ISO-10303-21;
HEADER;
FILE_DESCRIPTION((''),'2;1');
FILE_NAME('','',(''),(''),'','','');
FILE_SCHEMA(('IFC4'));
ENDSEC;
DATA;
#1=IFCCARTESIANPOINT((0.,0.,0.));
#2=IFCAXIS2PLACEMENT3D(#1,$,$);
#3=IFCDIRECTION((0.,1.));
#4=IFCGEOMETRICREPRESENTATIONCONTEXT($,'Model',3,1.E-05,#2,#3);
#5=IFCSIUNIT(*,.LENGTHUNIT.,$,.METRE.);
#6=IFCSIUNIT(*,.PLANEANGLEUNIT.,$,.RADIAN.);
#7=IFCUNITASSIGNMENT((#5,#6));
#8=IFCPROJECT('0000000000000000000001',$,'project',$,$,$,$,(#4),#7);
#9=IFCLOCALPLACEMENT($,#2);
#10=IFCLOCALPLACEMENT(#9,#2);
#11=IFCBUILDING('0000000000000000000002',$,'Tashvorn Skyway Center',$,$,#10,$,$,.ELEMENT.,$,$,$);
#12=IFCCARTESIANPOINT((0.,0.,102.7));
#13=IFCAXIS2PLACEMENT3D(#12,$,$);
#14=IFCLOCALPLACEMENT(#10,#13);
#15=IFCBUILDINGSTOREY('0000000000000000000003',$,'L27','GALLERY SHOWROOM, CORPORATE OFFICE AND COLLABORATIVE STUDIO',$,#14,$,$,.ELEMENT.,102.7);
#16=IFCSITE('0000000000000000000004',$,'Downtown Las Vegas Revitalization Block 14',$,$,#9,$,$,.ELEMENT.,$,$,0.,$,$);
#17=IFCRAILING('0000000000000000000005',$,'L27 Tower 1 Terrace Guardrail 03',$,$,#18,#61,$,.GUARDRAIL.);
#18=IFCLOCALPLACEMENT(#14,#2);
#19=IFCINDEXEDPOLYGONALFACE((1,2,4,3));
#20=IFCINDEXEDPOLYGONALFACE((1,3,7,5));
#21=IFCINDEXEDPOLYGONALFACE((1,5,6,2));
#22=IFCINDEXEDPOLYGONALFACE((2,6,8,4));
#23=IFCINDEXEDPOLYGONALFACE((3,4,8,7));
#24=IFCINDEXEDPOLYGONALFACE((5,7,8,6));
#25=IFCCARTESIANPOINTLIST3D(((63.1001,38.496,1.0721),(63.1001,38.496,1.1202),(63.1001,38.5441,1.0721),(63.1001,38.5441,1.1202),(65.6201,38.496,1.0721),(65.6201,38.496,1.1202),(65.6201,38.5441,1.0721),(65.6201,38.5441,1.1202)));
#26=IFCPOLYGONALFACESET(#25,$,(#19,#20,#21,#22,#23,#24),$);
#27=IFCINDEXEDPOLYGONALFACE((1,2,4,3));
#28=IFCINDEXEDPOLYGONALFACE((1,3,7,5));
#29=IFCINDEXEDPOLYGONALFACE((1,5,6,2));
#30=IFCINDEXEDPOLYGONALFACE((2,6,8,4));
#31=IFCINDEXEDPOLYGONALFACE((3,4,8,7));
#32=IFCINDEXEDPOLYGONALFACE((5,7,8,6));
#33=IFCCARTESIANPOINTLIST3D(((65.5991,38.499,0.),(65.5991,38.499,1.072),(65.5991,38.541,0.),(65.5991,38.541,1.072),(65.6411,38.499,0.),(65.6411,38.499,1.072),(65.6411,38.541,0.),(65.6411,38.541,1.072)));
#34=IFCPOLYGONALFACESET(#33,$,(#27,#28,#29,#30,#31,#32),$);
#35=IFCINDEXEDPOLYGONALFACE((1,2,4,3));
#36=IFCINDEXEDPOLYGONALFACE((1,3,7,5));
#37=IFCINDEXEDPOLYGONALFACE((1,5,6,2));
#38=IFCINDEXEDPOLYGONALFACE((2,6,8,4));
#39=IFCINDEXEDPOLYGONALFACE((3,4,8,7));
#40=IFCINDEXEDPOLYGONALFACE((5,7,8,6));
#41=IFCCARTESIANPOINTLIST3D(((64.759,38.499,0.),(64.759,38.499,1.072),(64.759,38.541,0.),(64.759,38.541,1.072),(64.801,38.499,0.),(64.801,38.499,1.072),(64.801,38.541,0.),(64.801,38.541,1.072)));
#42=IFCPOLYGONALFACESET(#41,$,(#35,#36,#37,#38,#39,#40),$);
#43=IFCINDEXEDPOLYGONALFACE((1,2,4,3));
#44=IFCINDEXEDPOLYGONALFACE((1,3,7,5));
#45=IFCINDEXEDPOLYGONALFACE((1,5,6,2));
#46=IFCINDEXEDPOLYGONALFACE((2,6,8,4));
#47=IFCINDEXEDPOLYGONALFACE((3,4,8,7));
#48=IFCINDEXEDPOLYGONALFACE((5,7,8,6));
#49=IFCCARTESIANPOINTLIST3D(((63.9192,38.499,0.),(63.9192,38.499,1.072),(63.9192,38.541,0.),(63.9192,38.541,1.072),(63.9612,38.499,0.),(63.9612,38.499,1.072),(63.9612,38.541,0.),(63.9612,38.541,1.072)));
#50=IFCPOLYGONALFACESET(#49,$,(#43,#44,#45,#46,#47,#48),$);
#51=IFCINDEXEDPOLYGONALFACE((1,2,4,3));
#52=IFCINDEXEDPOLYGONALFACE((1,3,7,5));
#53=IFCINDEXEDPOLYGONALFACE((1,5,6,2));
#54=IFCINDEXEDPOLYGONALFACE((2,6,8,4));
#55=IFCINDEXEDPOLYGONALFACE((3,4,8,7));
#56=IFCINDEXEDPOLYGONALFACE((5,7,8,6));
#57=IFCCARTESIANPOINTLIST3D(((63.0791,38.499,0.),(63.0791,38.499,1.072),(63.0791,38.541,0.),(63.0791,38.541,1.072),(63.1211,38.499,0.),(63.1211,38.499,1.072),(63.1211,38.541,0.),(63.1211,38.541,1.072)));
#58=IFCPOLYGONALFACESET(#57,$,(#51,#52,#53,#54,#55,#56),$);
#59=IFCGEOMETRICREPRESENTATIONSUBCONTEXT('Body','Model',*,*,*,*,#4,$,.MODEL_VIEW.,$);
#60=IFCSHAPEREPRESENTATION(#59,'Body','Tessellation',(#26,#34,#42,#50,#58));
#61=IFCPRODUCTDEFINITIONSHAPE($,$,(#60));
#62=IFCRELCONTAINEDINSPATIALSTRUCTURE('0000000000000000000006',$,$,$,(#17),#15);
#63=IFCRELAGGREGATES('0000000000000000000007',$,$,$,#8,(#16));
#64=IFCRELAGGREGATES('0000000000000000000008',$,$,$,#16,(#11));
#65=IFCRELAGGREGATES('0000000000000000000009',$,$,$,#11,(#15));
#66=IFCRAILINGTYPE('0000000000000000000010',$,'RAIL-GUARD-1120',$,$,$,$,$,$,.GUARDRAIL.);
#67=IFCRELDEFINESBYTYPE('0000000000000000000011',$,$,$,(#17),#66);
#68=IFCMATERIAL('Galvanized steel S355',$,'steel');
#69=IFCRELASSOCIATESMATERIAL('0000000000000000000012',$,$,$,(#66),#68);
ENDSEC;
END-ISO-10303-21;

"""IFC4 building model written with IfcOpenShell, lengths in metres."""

from ifc_helpers import new_model, si_unit, direction, frame, origin, origin_2d, place, context, subcontext, project, spatial, rectangle, extrude, material, type_object, element, save


model = new_model("IFC4")

# Units and contexts
model_context = context("Model", 3, precision=1e-05, world=origin(), true_north=direction((0.0, 1.0)))
body_context = subcontext(model_context, "Body", "Model", "MODEL_VIEW")
ifc_project = project(units=[si_unit("LENGTHUNIT", "METRE"), si_unit("PLANEANGLEUNIT", "RADIAN")], contexts=[model_context])

# Site, building, storey
site_placement = place(None, origin())
site = spatial("IfcSite", under=ifc_project, at=site_placement, Name="Downtown Las Vegas Revitalization Block 14", CompositionType="ELEMENT", RefElevation=0.0)
building_placement = place(site_placement, origin())
building = spatial("IfcBuilding", under=site, at=building_placement, Name="Tashvorn Skyway Center", CompositionType="ELEMENT")
storey_placement = place(building_placement, frame((0.0, 0.0, 102.7)))
storey = spatial("IfcBuildingStorey", under=building, at=storey_placement, Name="L27", Description="GALLERY SHOWROOM, CORPORATE OFFICE AND COLLABORATIVE STUDIO", CompositionType="ELEMENT", Elevation=102.7)

# Railing
ifc_material_1 = material(Name="Galvanized steel S355", Category="steel")
railing_type = type_object("IfcRailingType", Name="RAIL-GUARD-1120", PredefinedType="GUARDRAIL", material=ifc_material_1)
railing_1_placement = place(storey_placement, frame((65.6201, 38.52, 0.0)))
element("IfcRailing", 1, at=railing_1_placement, inside=storey, type_object=railing_type, Name="L27 Tower 1 Terrace Guardrail 03", PredefinedType="GUARDRAIL", context=body_context, shape_type="SweptSolid", body=[
    extrude(rectangle(XDim=0.0481, YDim=0.0481, at=origin_2d()), frame((0.0, 0.0, 1.0962), z_axis=(-1.0, 0.0, 0.0), x_axis=(0.0, -1.0, 0.0)), (0.0, 0.0, 1.0), 2.52),
    extrude(rectangle(XDim=0.042, YDim=0.042, at=origin_2d()), origin(), (0.0, 0.0, 1.0), 1.072),
    extrude(rectangle(XDim=0.042, YDim=0.042, at=origin_2d()), frame((-0.8401, 0.0, 0.0)), (0.0, 0.0, 1.0), 1.072),
    extrude(rectangle(XDim=0.042, YDim=0.042, at=origin_2d()), frame((-1.6799, 0.0, 0.0)), (0.0, 0.0, 1.0), 1.072),
    extrude(rectangle(XDim=0.042, YDim=0.042, at=origin_2d()), frame((-2.52, 0.0, 0.0)), (0.0, 0.0, 1.0), 1.072),
])

save(model, "model.ifc")
